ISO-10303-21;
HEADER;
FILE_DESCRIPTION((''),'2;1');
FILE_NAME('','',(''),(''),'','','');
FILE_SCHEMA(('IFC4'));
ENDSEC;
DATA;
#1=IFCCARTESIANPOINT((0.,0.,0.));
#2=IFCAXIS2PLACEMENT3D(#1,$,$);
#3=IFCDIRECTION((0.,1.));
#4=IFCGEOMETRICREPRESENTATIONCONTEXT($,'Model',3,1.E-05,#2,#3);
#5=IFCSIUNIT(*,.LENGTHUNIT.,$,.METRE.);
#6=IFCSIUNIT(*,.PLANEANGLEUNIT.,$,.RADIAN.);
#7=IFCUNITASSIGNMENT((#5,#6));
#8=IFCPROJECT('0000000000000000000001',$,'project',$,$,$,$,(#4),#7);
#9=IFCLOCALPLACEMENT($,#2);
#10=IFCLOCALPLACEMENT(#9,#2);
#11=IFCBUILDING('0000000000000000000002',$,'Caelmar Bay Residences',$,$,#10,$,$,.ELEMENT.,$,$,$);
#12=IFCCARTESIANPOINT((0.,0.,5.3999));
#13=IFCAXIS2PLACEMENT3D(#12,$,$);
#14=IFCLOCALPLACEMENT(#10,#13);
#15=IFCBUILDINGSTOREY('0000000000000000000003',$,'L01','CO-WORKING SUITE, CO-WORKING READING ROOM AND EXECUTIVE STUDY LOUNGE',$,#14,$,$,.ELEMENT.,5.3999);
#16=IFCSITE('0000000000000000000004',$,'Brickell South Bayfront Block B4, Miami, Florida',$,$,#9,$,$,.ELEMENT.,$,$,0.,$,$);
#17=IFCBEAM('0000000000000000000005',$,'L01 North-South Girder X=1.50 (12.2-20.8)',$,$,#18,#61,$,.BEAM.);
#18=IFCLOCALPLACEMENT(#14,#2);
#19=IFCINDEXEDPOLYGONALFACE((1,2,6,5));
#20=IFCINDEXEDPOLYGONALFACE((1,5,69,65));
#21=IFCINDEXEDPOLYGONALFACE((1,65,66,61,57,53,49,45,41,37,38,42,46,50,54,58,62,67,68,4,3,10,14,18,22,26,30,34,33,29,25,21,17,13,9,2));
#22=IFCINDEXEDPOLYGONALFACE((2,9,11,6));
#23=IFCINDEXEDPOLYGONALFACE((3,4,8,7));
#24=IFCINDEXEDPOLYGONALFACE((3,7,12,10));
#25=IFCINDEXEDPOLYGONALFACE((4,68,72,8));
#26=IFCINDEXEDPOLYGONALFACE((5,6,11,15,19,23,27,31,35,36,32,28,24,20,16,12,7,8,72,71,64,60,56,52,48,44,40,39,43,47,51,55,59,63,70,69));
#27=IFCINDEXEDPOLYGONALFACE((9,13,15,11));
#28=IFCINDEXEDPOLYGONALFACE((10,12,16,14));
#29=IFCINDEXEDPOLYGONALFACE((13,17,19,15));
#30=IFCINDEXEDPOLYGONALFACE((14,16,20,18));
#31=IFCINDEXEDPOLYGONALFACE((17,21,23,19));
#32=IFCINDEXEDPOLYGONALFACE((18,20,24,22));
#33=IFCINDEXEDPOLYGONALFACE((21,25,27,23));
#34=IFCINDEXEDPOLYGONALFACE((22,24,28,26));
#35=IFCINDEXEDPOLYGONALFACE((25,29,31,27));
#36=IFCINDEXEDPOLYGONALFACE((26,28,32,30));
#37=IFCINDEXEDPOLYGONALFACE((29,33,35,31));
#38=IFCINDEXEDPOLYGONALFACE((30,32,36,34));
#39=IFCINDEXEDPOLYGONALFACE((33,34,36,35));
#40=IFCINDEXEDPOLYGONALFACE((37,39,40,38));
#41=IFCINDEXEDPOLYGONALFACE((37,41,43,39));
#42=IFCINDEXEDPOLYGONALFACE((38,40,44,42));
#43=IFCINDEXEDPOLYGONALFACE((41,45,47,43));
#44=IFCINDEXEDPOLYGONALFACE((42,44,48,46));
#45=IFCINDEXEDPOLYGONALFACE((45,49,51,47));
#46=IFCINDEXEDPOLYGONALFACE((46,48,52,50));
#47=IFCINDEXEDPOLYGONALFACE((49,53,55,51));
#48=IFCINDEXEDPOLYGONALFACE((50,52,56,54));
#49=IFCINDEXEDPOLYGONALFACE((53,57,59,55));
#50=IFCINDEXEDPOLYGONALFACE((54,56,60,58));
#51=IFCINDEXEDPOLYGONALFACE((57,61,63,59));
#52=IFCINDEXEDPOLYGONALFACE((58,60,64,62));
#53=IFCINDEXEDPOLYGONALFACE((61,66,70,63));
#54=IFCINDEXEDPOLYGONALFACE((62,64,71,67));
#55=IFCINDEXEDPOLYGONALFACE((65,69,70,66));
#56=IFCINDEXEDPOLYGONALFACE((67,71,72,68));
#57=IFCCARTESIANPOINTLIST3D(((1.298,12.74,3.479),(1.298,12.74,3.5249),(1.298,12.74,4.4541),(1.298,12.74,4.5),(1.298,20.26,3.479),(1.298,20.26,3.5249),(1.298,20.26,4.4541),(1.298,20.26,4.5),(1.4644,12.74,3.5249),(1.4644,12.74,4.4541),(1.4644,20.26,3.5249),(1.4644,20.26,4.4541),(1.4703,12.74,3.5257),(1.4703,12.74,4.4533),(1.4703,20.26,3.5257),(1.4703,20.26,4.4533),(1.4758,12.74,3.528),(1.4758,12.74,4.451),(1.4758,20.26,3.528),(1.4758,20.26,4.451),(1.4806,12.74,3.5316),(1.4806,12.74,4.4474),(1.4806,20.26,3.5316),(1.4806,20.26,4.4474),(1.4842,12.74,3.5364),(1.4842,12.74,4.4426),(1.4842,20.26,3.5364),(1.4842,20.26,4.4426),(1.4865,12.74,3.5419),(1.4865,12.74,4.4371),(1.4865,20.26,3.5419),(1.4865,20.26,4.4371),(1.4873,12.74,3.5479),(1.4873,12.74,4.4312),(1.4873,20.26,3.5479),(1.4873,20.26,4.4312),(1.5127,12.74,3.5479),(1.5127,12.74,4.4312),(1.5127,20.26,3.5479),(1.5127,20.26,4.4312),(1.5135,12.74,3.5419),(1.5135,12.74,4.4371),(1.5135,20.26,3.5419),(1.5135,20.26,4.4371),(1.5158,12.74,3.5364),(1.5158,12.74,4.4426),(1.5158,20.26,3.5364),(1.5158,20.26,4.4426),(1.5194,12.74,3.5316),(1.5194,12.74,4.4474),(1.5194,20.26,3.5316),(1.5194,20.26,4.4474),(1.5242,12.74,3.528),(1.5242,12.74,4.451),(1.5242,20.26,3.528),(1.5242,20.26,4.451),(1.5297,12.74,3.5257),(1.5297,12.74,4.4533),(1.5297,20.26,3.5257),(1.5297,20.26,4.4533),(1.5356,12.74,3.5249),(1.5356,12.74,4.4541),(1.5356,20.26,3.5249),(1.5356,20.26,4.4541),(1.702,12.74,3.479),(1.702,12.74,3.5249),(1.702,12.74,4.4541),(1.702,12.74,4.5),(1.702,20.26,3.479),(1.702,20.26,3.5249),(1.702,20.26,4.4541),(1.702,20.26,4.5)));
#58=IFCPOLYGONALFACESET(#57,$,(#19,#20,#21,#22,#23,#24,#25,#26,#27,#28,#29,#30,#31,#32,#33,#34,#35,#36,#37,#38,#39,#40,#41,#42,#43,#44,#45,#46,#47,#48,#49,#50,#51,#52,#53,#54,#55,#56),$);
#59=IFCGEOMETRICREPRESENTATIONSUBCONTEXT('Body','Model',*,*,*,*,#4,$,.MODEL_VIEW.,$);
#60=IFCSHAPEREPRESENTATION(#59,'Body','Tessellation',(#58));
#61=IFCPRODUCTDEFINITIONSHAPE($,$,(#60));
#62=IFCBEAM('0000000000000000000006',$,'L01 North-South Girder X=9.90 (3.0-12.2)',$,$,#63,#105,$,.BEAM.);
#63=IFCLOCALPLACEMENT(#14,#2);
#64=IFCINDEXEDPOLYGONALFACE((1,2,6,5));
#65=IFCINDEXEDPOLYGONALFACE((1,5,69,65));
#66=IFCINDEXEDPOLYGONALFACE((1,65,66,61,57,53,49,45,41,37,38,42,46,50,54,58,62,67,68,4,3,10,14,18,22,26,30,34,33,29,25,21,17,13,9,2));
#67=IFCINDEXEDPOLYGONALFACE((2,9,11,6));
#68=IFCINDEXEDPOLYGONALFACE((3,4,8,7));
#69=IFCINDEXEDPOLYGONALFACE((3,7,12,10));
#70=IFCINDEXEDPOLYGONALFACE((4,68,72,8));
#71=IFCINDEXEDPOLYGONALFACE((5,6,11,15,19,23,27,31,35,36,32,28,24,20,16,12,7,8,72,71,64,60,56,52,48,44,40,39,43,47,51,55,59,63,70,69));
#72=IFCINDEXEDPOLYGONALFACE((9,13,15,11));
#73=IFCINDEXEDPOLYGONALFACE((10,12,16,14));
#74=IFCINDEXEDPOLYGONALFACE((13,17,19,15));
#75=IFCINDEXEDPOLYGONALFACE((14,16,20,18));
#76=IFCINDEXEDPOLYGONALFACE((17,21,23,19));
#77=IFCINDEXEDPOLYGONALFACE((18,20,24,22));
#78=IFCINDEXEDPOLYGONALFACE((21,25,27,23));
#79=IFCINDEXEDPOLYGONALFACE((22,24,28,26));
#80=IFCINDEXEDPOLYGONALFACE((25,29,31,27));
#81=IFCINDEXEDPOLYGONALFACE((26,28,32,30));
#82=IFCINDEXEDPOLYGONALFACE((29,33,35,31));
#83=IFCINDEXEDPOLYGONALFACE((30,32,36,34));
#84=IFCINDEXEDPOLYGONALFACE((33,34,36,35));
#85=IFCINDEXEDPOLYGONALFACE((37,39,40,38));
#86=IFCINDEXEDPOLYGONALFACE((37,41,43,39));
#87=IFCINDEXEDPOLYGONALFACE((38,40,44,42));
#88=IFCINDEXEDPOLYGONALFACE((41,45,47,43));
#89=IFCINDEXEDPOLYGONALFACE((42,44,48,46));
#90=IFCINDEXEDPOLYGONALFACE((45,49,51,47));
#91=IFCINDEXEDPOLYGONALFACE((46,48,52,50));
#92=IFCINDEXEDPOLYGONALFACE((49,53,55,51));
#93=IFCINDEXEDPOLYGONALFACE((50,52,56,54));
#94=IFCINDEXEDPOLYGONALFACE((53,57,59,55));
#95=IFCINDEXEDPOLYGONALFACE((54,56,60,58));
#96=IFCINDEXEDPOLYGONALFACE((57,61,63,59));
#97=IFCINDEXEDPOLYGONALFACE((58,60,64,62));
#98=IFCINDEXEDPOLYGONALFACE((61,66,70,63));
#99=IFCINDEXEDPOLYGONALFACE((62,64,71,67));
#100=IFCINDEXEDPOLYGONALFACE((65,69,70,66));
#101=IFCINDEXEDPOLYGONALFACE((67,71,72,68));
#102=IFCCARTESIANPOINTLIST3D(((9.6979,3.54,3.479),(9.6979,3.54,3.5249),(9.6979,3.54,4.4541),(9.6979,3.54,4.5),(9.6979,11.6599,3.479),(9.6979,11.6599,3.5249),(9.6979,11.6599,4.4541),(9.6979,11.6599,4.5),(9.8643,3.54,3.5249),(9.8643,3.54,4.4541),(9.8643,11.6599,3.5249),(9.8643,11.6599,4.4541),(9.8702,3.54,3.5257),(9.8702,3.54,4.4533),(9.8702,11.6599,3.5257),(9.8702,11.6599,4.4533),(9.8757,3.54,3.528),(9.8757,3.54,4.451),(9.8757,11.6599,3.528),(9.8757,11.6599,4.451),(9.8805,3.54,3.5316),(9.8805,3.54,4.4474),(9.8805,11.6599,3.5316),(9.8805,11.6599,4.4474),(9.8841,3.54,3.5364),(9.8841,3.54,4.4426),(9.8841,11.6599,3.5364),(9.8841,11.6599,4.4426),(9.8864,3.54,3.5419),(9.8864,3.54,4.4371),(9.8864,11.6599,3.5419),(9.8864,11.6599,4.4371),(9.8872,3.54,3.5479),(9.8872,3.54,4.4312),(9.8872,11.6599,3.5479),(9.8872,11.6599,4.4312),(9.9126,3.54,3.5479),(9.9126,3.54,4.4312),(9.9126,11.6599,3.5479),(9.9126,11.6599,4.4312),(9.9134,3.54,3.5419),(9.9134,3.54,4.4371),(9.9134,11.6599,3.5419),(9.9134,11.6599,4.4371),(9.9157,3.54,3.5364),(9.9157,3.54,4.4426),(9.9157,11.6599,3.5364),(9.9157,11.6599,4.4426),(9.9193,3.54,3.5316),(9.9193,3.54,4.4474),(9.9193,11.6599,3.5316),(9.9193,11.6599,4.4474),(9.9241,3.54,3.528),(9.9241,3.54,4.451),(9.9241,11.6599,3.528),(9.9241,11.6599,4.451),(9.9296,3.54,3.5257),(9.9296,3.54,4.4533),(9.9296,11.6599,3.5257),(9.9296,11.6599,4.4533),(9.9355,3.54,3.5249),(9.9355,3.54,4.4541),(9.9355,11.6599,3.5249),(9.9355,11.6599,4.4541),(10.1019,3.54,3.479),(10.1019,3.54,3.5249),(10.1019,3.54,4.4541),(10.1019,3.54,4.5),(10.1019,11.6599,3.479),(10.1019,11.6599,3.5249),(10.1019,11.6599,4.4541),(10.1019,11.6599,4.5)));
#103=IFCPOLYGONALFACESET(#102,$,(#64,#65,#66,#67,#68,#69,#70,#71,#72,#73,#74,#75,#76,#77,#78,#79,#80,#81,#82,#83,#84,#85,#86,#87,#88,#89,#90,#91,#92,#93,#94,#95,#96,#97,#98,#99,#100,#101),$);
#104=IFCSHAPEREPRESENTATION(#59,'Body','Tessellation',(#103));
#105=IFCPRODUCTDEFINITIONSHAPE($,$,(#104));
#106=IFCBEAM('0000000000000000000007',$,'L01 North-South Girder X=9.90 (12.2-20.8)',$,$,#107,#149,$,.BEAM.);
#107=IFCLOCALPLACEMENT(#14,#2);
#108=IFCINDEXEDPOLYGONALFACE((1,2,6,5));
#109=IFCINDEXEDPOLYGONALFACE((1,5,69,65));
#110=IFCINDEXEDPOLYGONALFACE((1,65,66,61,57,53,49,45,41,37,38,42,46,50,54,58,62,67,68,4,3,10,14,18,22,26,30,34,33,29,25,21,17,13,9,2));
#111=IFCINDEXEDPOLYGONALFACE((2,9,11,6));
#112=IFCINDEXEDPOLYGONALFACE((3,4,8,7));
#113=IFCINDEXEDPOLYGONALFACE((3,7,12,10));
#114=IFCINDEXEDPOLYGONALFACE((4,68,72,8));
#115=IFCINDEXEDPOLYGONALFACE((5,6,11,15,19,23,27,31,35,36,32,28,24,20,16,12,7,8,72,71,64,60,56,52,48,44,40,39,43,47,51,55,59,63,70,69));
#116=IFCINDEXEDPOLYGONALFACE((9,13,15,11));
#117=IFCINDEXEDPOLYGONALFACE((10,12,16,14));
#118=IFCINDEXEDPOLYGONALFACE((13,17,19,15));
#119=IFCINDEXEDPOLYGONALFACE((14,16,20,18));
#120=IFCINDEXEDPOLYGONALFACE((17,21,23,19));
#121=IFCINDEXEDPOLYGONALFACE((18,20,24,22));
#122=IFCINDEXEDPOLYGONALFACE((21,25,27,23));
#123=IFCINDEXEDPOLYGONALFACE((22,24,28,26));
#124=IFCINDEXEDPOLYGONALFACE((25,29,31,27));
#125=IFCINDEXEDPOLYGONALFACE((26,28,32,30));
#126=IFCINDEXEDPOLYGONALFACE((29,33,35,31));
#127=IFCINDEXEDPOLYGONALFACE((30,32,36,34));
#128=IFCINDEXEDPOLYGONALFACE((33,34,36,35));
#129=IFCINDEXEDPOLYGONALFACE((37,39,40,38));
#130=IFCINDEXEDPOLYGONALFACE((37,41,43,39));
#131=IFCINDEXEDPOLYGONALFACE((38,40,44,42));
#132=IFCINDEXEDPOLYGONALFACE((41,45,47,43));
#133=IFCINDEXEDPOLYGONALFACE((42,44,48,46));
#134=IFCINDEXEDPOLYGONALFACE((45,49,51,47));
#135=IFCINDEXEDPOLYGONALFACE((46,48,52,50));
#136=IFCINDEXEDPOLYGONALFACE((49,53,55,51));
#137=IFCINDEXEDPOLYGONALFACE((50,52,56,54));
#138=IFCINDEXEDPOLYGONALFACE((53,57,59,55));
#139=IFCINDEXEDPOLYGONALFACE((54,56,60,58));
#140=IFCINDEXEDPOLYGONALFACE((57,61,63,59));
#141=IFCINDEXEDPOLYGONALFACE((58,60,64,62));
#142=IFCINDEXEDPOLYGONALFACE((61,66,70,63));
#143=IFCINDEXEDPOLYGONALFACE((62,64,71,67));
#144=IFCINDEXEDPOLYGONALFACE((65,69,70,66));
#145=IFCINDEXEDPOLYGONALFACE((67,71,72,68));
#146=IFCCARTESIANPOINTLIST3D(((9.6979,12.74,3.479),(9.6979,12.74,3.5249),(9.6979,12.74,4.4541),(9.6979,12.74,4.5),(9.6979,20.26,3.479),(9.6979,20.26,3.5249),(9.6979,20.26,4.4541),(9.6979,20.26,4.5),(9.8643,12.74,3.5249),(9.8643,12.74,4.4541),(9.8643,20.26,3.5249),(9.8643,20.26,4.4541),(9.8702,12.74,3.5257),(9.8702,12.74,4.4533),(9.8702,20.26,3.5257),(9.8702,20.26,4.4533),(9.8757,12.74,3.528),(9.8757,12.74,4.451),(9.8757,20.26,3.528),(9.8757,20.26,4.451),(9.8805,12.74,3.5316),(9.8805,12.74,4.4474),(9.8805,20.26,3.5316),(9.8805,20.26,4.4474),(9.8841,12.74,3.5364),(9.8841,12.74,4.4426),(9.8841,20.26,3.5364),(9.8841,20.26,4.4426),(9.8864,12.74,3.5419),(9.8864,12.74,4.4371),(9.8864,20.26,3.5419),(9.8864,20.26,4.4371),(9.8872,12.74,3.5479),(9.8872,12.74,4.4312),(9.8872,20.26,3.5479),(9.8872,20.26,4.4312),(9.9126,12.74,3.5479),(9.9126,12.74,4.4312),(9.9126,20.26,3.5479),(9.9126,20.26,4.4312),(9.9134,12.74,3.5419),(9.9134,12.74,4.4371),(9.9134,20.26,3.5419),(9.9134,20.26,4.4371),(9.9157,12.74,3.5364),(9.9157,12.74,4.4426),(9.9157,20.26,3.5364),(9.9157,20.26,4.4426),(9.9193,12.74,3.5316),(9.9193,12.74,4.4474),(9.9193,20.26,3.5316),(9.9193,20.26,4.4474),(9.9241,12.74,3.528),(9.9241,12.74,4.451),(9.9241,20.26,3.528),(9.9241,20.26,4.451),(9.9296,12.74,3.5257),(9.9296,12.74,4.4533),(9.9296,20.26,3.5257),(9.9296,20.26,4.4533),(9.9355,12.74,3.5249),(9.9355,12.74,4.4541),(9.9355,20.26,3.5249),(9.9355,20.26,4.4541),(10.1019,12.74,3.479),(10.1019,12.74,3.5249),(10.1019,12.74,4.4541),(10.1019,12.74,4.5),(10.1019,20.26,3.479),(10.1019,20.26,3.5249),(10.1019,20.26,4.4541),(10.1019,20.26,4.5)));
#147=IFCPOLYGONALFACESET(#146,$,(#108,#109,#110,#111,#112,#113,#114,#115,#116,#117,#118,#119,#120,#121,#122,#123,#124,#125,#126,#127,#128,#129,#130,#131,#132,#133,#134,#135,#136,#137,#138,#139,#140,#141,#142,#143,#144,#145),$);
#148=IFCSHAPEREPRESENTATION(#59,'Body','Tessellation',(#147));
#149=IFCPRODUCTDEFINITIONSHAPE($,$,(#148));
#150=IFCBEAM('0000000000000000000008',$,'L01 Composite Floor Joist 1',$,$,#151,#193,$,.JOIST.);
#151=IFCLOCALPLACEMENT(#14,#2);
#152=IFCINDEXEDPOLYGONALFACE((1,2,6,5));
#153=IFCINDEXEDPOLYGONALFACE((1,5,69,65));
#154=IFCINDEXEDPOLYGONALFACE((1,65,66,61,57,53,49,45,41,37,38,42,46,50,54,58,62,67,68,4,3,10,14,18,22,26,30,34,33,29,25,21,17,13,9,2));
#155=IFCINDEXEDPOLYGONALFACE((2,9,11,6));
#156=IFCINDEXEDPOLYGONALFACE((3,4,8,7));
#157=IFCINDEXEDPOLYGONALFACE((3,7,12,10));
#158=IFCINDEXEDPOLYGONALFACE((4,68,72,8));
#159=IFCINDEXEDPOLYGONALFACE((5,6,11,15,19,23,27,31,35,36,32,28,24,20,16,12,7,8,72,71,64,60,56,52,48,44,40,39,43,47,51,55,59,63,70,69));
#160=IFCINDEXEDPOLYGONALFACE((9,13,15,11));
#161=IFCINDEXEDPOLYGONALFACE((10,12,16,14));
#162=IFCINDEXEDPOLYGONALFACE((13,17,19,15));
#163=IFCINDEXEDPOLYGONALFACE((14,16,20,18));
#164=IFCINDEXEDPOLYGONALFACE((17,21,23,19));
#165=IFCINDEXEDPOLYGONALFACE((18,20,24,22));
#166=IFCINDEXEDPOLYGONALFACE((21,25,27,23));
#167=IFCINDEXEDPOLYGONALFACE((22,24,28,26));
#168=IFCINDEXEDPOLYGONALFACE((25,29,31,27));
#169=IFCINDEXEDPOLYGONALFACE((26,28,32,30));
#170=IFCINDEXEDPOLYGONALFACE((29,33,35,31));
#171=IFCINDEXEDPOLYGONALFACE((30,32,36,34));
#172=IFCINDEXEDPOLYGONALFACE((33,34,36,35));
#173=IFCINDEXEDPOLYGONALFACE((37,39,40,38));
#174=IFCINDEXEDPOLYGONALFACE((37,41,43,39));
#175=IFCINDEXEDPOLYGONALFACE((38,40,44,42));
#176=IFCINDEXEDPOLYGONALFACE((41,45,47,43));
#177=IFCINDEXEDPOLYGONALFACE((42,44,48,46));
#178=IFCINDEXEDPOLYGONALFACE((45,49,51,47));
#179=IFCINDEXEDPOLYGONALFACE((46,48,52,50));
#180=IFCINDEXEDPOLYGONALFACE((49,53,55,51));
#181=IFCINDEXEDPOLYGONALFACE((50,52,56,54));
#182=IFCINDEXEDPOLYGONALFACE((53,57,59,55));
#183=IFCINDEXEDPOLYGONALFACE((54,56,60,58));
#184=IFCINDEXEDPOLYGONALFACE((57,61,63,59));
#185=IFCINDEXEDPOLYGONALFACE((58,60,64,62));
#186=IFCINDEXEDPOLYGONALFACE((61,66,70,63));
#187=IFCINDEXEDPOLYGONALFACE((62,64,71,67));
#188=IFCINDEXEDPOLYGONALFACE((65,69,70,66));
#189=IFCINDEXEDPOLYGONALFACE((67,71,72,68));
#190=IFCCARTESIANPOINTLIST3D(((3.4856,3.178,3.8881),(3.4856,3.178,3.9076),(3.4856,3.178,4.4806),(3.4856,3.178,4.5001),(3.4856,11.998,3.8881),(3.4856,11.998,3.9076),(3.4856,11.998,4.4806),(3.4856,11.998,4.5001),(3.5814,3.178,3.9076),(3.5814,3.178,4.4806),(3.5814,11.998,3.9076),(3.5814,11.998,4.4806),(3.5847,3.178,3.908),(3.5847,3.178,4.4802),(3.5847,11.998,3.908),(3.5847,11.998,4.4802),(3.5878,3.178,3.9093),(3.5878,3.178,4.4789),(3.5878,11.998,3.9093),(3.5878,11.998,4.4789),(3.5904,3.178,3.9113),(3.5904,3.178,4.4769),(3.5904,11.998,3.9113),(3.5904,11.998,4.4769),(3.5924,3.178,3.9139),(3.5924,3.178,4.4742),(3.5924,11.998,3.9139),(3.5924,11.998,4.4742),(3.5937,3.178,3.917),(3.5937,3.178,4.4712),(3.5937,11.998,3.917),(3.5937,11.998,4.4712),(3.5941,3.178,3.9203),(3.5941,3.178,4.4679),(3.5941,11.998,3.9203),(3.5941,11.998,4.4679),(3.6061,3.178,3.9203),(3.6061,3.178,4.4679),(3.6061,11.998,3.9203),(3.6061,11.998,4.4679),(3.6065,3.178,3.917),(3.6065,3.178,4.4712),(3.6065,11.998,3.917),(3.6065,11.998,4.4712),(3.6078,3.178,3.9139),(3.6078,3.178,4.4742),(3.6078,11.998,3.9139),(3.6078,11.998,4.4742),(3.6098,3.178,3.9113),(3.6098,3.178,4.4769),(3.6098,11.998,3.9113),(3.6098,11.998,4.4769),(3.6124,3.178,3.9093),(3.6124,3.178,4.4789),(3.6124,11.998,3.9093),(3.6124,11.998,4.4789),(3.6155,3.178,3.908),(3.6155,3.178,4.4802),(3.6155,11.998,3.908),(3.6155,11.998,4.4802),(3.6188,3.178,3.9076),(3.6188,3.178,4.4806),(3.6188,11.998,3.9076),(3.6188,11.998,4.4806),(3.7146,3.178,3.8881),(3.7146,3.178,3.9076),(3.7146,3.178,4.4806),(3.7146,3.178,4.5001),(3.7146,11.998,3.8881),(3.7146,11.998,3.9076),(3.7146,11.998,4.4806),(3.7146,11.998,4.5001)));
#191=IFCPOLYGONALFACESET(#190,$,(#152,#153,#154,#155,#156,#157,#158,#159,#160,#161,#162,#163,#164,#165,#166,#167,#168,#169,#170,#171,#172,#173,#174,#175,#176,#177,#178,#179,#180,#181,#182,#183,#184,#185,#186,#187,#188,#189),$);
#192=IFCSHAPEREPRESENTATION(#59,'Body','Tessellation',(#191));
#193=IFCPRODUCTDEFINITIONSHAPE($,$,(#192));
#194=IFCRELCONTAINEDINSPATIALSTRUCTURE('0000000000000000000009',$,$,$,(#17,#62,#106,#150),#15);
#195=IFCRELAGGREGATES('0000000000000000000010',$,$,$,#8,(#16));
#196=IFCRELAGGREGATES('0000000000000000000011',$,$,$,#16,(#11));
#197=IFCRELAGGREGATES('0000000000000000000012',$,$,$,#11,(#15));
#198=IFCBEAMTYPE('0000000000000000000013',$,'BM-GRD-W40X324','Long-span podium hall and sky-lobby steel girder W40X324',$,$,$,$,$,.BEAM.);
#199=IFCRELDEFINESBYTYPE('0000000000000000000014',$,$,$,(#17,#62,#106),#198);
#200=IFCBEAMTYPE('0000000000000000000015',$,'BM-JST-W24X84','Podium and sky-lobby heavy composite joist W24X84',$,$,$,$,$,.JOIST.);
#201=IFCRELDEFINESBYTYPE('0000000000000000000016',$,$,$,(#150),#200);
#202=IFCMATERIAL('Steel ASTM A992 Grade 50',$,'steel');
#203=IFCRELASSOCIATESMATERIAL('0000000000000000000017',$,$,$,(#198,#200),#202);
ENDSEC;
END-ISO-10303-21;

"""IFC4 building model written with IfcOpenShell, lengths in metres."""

from ifc_helpers import new_model, si_unit, direction, frame, origin, origin_2d, place, context, subcontext, project, spatial, i_section, extrude, material, material_profile, profile_set, type_object, element, save


model = new_model("IFC4")

# Units and contexts
model_context = context("Model", 3, precision=1e-05, world=origin(), true_north=direction((0.0, 1.0)))
body_context = subcontext(model_context, "Body", "Model", "MODEL_VIEW")
ifc_project = project(units=[si_unit("LENGTHUNIT", "METRE"), si_unit("PLANEANGLEUNIT", "RADIAN")], contexts=[model_context])

# Site, building, storey
site_placement = place(None, origin())
site = spatial("IfcSite", under=ifc_project, at=site_placement, Name="Brickell South Bayfront Block B4, Miami, Florida", CompositionType="ELEMENT", RefElevation=0.0)
building_placement = place(site_placement, origin())
building = spatial("IfcBuilding", under=site, at=building_placement, Name="Caelmar Bay Residences", CompositionType="ELEMENT")
storey_placement = place(building_placement, frame((0.0, 0.0, 5.3999)))
storey = spatial("IfcBuildingStorey", under=building, at=storey_placement, Name="L01", Description="CO-WORKING SUITE, CO-WORKING READING ROOM AND EXECUTIVE STUDY LOUNGE", CompositionType="ELEMENT", Elevation=5.3999)

# Beams
ifc_material_1 = material(Name="Steel ASTM A992 Grade 50", Category="steel")
ifc_material_profile_1 = material_profile(ifc_material_1, i_section(OverallWidth=0.4041, OverallDepth=1.021, WebThickness=0.0254, FlangeThickness=0.0459, FilletRadius=0.0229, at=origin_2d()), Name="W40X324")
ifc_profile_set_1 = profile_set([ifc_material_profile_1], Name="Steel ASTM A992 Grade 50")
beam_type_1 = type_object("IfcBeamType", Name="BM-GRD-W40X324", Description="Long-span podium hall and sky-lobby steel girder W40X324", PredefinedType="BEAM", material=ifc_profile_set_1)
beam_1_placement = place(storey_placement, frame((1.5, 12.74, 3.9895), z_axis=(0.0, 1.0, 0.0), x_axis=(-1.0, 0.0, 0.0)))
element("IfcBeam", 1, at=beam_1_placement, inside=storey, type_object=beam_type_1, Name="L01 North-South Girder X=1.50 (12.2-20.8)", PredefinedType="BEAM", context=body_context, shape_type="SweptSolid", body=[
    extrude(i_section(OverallWidth=0.4041, OverallDepth=1.021, WebThickness=0.0254, FlangeThickness=0.0459, FilletRadius=0.0229, at=origin_2d()), origin(), (0.0, 0.0, 1.0), 7.52),
])
beam_2_placement = place(storey_placement, frame((9.8999, 3.54, 3.9895), z_axis=(0.0, 1.0, 0.0), x_axis=(-1.0, 0.0, 0.0)))
element("IfcBeam", 2, at=beam_2_placement, inside=storey, type_object=beam_type_1, Name="L01 North-South Girder X=9.90 (3.0-12.2)", PredefinedType="BEAM", context=body_context, shape_type="SweptSolid", body=[
    extrude(i_section(OverallWidth=0.4041, OverallDepth=1.021, WebThickness=0.0254, FlangeThickness=0.0459, FilletRadius=0.0229, at=origin_2d()), origin(), (0.0, 0.0, 1.0), 8.1199),
])
beam_3_placement = place(storey_placement, frame((9.8999, 12.74, 3.9895), z_axis=(0.0, 1.0, 0.0), x_axis=(-1.0, 0.0, 0.0)))
element("IfcBeam", 3, at=beam_3_placement, inside=storey, type_object=beam_type_1, Name="L01 North-South Girder X=9.90 (12.2-20.8)", PredefinedType="BEAM", context=body_context, shape_type="SweptSolid", body=[
    extrude(i_section(OverallWidth=0.4041, OverallDepth=1.021, WebThickness=0.0254, FlangeThickness=0.0459, FilletRadius=0.0229, at=origin_2d()), origin(), (0.0, 0.0, 1.0), 7.52),
])
ifc_material_profile_2 = material_profile(ifc_material_1, i_section(OverallWidth=0.229, OverallDepth=0.6121, WebThickness=0.012, FlangeThickness=0.0195, FilletRadius=0.0127, at=origin_2d()), Name="W24X84")
ifc_profile_set_2 = profile_set([ifc_material_profile_2], Name="Steel ASTM A992 Grade 50")
beam_type_2 = type_object("IfcBeamType", Name="BM-JST-W24X84", Description="Podium and sky-lobby heavy composite joist W24X84", PredefinedType="JOIST", material=ifc_profile_set_2)
for number, where, z_axis, x_axis, name in (
    (4, (3.6001, 3.178, 4.1941), (0.0, 1.0, 0.0), (-1.0, 0.0, 0.0), "L01 Composite Floor Joist 1"),
):
    element("IfcBeam", number, at=place(storey_placement, frame(where, z_axis=z_axis, x_axis=x_axis)), inside=storey, type_object=beam_type_2, Name=name, PredefinedType="JOIST", context=body_context, shape_type="SweptSolid", body=[
        extrude(i_section(OverallWidth=0.229, OverallDepth=0.6121, WebThickness=0.012, FlangeThickness=0.0195, FilletRadius=0.0127, at=origin_2d()), origin(), (0.0, 0.0, 1.0), 8.8201),
    ])

save(model, "model.ifc")
